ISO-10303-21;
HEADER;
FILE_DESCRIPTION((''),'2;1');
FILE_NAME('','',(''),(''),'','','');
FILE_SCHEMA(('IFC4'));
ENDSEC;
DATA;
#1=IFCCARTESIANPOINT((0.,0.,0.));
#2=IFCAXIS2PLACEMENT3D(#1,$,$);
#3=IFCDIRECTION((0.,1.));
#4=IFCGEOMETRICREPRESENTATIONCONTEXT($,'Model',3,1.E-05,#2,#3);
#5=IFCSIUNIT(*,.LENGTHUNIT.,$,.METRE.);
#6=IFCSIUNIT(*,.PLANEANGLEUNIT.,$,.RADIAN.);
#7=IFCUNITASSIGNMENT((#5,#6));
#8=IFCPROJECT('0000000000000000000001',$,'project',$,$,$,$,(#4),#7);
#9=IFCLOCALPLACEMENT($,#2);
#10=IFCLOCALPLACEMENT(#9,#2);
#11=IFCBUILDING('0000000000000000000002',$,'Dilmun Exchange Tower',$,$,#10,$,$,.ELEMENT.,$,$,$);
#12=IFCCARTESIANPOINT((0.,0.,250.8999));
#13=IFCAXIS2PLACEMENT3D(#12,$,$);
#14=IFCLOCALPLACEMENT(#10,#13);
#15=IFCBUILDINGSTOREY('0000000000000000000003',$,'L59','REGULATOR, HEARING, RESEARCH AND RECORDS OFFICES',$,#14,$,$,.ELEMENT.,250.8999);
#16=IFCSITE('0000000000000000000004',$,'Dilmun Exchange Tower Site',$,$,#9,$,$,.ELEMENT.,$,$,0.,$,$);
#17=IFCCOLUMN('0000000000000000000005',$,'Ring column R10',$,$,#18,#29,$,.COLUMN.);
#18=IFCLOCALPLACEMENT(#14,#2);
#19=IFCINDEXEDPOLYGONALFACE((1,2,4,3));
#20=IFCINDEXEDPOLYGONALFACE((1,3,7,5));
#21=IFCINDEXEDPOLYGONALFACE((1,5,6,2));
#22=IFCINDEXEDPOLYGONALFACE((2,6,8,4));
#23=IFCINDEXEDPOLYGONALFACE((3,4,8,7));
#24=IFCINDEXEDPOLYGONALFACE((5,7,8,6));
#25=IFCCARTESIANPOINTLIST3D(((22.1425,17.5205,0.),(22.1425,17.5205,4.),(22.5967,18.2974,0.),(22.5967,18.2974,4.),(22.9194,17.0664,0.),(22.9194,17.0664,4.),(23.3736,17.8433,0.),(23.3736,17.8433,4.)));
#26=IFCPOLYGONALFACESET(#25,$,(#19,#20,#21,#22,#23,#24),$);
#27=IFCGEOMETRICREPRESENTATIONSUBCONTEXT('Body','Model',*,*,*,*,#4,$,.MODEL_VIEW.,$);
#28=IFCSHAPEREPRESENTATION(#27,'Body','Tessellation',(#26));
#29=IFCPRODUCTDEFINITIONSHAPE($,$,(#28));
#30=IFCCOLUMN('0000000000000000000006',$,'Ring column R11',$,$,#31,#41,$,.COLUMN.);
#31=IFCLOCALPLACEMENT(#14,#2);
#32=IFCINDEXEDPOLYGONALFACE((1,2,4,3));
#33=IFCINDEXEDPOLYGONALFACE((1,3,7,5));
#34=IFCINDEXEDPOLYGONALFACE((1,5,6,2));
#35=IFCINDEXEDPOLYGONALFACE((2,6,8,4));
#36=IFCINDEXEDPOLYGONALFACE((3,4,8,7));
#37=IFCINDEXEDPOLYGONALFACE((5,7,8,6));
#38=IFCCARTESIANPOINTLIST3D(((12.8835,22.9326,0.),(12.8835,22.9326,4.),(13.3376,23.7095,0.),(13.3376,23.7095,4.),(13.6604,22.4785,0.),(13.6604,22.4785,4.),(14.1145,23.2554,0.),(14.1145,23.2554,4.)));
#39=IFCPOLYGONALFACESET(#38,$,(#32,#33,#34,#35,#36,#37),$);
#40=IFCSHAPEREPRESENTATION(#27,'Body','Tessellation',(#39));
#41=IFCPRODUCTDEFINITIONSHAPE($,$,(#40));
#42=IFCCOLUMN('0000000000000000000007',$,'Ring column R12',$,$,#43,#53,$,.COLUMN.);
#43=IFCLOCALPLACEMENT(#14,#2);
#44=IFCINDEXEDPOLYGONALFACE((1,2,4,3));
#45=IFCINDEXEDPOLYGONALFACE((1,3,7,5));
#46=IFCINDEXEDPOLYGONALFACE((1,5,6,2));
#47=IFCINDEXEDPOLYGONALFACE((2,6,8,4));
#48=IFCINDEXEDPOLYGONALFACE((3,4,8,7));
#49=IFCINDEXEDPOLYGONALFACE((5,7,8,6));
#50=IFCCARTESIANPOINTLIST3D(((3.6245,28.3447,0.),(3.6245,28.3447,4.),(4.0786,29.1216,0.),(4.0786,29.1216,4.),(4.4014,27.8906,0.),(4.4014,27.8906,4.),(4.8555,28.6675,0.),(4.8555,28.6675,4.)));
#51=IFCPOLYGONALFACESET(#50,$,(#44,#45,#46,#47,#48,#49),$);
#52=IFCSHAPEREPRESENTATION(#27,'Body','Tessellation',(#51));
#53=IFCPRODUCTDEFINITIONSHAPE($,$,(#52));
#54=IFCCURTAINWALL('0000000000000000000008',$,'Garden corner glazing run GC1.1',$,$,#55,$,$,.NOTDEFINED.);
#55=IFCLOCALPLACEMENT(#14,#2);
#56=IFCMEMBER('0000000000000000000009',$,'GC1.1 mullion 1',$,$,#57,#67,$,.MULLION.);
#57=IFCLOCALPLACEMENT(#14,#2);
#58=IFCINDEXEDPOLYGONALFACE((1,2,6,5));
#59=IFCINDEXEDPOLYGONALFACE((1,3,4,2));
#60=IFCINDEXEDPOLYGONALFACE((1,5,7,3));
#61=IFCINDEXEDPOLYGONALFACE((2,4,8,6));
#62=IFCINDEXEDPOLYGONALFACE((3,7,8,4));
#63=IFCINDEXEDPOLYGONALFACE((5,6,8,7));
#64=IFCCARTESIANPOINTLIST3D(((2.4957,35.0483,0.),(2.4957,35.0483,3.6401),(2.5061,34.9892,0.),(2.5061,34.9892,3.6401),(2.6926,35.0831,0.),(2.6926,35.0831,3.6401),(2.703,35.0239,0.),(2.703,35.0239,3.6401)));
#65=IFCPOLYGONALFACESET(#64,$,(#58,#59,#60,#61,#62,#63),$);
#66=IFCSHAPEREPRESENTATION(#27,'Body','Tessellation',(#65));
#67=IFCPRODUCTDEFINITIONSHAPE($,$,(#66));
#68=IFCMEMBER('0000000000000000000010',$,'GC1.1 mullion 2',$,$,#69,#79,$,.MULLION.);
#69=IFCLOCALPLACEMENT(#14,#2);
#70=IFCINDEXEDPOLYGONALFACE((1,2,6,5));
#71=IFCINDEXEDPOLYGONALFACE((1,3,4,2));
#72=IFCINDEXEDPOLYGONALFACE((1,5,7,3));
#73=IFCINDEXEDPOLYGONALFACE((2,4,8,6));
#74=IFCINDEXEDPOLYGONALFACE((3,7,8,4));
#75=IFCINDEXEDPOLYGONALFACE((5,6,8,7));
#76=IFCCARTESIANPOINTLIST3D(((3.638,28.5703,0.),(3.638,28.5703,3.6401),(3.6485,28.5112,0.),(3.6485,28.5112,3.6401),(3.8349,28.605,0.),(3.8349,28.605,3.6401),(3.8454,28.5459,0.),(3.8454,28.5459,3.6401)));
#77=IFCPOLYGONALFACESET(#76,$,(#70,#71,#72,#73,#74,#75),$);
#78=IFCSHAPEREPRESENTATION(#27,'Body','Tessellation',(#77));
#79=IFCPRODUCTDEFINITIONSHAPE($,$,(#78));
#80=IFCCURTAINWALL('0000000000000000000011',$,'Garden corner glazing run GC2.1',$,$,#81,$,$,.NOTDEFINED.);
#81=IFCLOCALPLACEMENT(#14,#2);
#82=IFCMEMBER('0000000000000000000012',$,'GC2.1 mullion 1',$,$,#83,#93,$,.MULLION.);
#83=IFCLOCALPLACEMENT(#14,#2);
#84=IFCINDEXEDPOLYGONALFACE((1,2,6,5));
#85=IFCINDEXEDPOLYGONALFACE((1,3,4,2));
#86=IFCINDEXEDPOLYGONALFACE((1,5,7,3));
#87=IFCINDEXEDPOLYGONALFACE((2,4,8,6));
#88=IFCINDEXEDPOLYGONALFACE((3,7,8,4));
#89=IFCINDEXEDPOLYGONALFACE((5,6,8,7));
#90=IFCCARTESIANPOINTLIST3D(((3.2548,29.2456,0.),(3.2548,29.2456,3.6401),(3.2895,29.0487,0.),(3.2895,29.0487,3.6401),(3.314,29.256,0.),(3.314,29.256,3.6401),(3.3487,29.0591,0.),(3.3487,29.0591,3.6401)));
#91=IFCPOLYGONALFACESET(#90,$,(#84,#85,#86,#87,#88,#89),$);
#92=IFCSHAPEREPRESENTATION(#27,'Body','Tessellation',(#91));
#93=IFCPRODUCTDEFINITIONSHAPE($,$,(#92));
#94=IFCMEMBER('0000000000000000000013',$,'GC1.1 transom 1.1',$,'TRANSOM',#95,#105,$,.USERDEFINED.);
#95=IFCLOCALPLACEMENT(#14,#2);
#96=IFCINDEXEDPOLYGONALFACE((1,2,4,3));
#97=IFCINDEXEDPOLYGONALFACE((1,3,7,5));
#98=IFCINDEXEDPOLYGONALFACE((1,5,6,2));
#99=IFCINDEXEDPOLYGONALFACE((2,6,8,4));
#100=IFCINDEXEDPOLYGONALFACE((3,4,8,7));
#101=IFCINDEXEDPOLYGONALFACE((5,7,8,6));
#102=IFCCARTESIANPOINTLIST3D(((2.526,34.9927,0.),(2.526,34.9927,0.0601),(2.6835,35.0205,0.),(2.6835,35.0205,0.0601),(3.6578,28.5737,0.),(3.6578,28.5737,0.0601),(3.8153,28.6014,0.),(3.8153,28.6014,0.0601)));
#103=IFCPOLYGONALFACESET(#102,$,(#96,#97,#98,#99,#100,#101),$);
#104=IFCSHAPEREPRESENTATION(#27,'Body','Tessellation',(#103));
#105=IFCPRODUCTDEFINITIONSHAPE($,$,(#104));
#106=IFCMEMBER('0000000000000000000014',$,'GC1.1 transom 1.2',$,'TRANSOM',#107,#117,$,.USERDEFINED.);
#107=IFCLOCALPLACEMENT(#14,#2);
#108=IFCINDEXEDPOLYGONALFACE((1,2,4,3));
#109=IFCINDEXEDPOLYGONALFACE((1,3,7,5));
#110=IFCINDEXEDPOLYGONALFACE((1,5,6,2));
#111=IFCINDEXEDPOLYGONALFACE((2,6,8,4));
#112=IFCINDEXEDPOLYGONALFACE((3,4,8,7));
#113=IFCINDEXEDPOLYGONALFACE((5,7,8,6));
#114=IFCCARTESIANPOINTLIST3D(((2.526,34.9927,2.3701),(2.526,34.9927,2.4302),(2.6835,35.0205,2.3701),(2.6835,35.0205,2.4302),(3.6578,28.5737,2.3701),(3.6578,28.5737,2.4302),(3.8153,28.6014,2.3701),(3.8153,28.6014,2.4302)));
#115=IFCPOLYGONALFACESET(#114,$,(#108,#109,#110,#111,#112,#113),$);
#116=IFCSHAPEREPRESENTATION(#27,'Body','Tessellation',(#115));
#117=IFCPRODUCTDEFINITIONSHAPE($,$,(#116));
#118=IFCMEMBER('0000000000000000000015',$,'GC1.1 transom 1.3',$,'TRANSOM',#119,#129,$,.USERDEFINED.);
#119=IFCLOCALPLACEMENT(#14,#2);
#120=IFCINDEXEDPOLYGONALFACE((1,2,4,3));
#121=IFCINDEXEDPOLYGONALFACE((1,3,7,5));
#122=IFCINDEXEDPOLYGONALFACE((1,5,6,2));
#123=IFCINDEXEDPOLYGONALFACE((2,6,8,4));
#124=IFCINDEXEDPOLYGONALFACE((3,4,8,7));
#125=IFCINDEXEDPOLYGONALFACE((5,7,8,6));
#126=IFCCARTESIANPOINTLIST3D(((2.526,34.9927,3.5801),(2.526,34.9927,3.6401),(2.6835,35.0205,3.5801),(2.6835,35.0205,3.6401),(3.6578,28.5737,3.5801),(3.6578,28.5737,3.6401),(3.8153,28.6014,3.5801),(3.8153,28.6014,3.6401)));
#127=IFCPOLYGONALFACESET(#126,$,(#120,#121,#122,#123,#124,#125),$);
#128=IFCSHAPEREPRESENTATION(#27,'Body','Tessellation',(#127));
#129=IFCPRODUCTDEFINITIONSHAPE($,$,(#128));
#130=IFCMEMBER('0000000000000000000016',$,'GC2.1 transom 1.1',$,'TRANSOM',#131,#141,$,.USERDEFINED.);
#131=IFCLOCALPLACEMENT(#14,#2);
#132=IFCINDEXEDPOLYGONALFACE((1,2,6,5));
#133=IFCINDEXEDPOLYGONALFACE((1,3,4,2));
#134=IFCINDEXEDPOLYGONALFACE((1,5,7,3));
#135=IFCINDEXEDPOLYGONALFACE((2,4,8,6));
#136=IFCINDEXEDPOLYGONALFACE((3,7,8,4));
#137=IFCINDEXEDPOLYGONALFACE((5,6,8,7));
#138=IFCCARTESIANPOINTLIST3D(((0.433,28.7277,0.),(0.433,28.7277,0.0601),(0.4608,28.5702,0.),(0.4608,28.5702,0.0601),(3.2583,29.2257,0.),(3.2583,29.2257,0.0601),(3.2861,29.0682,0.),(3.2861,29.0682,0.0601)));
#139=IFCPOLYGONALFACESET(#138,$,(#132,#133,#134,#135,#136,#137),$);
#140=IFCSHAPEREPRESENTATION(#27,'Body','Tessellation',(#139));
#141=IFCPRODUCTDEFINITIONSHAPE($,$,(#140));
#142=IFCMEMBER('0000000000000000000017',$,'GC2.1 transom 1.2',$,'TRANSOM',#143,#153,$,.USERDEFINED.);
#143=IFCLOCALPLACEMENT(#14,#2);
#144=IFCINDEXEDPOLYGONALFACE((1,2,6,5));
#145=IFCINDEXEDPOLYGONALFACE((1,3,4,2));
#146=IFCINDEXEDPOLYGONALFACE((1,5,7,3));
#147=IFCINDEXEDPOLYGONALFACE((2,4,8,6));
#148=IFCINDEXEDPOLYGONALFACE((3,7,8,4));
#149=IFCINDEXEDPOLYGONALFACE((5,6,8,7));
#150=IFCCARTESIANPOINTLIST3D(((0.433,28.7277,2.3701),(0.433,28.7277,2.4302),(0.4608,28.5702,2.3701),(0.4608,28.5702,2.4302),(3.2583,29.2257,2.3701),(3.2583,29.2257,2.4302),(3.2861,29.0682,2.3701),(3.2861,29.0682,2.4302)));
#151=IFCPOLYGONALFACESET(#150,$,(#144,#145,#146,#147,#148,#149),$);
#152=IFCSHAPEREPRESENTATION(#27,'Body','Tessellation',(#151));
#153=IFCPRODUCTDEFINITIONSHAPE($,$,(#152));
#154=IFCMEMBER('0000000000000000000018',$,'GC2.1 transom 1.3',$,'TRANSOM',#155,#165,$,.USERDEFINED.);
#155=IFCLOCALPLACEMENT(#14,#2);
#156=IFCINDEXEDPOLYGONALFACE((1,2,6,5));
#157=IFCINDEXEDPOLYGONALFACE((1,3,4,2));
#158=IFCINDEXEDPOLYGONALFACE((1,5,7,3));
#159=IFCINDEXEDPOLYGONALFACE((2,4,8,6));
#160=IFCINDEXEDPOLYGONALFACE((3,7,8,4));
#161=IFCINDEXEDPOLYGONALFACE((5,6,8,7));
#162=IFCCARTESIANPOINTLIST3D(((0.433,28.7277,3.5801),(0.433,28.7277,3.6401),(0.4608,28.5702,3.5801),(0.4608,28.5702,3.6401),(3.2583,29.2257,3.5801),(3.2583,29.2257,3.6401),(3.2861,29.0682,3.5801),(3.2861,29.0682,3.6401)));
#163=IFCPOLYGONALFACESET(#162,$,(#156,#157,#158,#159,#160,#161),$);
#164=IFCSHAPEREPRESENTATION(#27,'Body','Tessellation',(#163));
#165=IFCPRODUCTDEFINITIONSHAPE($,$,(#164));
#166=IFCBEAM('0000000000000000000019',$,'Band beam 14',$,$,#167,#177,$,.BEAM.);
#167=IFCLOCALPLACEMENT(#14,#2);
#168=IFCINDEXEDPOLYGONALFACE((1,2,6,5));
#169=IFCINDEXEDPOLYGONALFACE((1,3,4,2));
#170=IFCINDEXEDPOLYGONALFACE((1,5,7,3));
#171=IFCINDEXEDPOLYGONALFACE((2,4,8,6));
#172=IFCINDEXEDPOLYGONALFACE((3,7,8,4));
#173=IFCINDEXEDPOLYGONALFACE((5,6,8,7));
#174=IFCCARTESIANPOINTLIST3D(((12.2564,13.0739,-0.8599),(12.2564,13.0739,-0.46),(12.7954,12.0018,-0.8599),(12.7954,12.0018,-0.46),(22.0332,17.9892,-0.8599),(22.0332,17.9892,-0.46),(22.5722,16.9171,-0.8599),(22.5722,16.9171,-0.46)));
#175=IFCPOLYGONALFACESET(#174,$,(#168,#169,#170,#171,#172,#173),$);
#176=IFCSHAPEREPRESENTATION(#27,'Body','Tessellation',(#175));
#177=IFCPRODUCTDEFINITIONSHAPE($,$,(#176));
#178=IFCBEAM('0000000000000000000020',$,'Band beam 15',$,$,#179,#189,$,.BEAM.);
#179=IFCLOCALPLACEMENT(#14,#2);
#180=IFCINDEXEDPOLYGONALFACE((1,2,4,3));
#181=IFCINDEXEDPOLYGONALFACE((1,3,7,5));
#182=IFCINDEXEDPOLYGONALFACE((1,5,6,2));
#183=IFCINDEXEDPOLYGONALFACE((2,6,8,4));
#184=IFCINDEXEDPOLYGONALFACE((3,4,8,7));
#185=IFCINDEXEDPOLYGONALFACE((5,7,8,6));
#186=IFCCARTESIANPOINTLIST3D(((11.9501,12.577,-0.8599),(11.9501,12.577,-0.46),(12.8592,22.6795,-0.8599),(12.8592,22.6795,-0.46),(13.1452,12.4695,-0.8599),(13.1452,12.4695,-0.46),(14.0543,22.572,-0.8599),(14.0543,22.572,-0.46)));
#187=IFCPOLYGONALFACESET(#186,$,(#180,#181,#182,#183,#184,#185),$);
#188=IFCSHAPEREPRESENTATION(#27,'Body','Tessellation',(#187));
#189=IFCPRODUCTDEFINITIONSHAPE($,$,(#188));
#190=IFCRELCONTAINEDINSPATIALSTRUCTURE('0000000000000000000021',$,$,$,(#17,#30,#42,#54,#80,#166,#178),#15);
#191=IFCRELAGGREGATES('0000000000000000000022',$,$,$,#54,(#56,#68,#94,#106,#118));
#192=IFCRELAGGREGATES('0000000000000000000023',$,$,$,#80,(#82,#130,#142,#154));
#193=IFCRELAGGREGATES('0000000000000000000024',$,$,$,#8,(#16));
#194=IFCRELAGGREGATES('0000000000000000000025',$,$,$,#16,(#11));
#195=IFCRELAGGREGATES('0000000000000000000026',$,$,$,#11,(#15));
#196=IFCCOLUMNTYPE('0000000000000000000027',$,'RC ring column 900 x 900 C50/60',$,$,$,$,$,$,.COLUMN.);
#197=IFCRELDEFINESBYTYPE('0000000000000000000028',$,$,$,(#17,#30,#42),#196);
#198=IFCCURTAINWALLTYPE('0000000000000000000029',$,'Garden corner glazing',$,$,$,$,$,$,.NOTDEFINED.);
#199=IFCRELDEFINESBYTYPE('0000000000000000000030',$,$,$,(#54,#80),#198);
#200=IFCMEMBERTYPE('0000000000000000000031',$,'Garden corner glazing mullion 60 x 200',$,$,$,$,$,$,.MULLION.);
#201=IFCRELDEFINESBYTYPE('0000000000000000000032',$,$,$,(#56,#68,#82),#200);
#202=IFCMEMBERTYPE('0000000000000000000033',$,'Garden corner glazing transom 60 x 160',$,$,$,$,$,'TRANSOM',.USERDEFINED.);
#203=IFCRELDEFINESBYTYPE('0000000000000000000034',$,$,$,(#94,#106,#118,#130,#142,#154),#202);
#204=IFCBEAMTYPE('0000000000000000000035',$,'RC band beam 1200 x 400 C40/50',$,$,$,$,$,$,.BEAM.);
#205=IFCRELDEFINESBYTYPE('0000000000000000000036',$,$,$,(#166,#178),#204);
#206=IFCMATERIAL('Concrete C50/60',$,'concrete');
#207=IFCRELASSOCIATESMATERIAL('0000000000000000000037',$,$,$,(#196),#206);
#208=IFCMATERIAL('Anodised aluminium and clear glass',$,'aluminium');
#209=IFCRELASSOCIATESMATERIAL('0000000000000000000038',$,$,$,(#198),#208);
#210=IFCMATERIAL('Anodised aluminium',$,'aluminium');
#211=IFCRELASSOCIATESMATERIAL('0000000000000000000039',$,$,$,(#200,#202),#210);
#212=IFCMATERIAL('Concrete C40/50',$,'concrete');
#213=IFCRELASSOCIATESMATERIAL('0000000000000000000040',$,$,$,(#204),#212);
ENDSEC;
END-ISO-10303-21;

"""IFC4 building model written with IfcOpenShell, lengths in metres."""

from ifc_helpers import new_model, si_unit, direction, frame, origin, origin_2d, place, context, subcontext, project, spatial, rectangle, extrude, material, material_profile, profile_set, type_object, element, aggregate, save


model = new_model("IFC4")

# Units and contexts
model_context = context("Model", 3, precision=1e-05, world=origin(), true_north=direction((0.0, 1.0)))
body_context = subcontext(model_context, "Body", "Model", "MODEL_VIEW")
ifc_project = project(units=[si_unit("LENGTHUNIT", "METRE"), si_unit("PLANEANGLEUNIT", "RADIAN")], contexts=[model_context])

# Site, building, storey
site_placement = place(None, origin())
site = spatial("IfcSite", under=ifc_project, at=site_placement, Name="Dilmun Exchange Tower Site", CompositionType="ELEMENT", RefElevation=0.0)
building_placement = place(site_placement, origin())
building = spatial("IfcBuilding", under=site, at=building_placement, Name="Dilmun Exchange Tower", CompositionType="ELEMENT")
storey_placement = place(building_placement, frame((0.0, 0.0, 250.8999)))
storey = spatial("IfcBuildingStorey", under=building, at=storey_placement, Name="L59", Description="REGULATOR, HEARING, RESEARCH AND RECORDS OFFICES", CompositionType="ELEMENT", Elevation=250.8999)

# Columns
ifc_material_1 = material(Name="Concrete C50/60", Category="concrete")
ifc_material_profile_1 = material_profile(ifc_material_1, rectangle(XDim=0.8999, YDim=0.8999, at=origin_2d()), Name="900 x 900")
ifc_profile_set_1 = profile_set([ifc_material_profile_1], Name="Concrete C50/60")
column_type = type_object("IfcColumnType", Name="RC ring column 900 x 900 C50/60", PredefinedType="COLUMN", material=ifc_profile_set_1)
for number, where, z_axis, x_axis, name in (
    (1, (22.7581, 17.6819, 0.0), (0.0, 0.0, 1.0), (0.504644, 0.863328, 0.0), "Ring column R10"),
    (2, (13.499, 23.094, 0.0), (0.0, 0.0, 1.0), (0.504644, 0.863328, 0.0), "Ring column R11"),
    (3, (4.24, 28.5061, 0.0), (0.0, 0.0, 1.0), (0.504644, 0.863328, 0.0), "Ring column R12"),
):
    element("IfcColumn", number, at=place(storey_placement, frame(where, z_axis=z_axis, x_axis=x_axis)), inside=storey, type_object=column_type, Name=name, PredefinedType="COLUMN", context=body_context, shape_type="SweptSolid", body=[
        extrude(rectangle(XDim=0.8999, YDim=0.8999, at=origin_2d()), origin(), (0.0, 0.0, 1.0), 4.0),
    ])

# Curtain wall, members
ifc_material_2 = material(Name="Anodised aluminium and clear glass", Category="aluminium")
curtain_wall_type = type_object("IfcCurtainWallType", Name="Garden corner glazing", PredefinedType="NOTDEFINED", material=ifc_material_2)
curtain_wall_1_placement = place(storey_placement, origin())
curtain_wall_1 = element("IfcCurtainWall", 4, at=curtain_wall_1_placement, inside=storey, type_object=curtain_wall_type, Name="Garden corner glazing run GC1.1", PredefinedType="NOTDEFINED")
ifc_material_3 = material(Name="Anodised aluminium", Category="aluminium")
ifc_material_profile_2 = material_profile(ifc_material_3, rectangle(XDim=0.2, YDim=0.0601, at=origin_2d()), Name="AL 60x200")
ifc_profile_set_2 = profile_set([ifc_material_profile_2], Name="Anodised aluminium")
member_type_1 = type_object("IfcMemberType", Name="Garden corner glazing mullion 60 x 200", PredefinedType="MULLION", material=ifc_profile_set_2)
member_1_placement = place(storey_placement, frame((2.5994, 35.0361, 0.0), z_axis=(0.0, 0.0, 1.0), x_axis=(0.984807, 0.17365, 0.0)))
member_1 = element("IfcMember", 5, at=member_1_placement, type_object=member_type_1, Name="GC1.1 mullion 1", PredefinedType="MULLION", context=body_context, shape_type="SweptSolid", body=[
    extrude(rectangle(XDim=0.2, YDim=0.0601, at=origin_2d()), origin(), (0.0, 0.0, 1.0), 3.6401),
])
member_2_placement = place(storey_placement, frame((3.7417, 28.5581, 0.0), z_axis=(0.0, 0.0, 1.0), x_axis=(0.984807, 0.17365, 0.0)))
member_2 = element("IfcMember", 6, at=member_2_placement, type_object=member_type_1, Name="GC1.1 mullion 2", PredefinedType="MULLION", context=body_context, shape_type="SweptSolid", body=[
    extrude(rectangle(XDim=0.2, YDim=0.0601, at=origin_2d()), origin(), (0.0, 0.0, 1.0), 3.6401),
])

# Curtain wall, member
curtain_wall_2_placement = place(storey_placement, origin())
curtain_wall_2 = element("IfcCurtainWall", 7, at=curtain_wall_2_placement, inside=storey, type_object=curtain_wall_type, Name="Garden corner glazing run GC2.1", PredefinedType="NOTDEFINED")
member_3_placement = place(storey_placement, frame((3.3018, 29.1523, 0.0), z_axis=(0.0, 0.0, 1.0), x_axis=(0.173631, -0.984811, 0.0)))
member_3 = element("IfcMember", 8, at=member_3_placement, type_object=member_type_1, Name="GC2.1 mullion 1", PredefinedType="MULLION", context=body_context, shape_type="SweptSolid", body=[
    extrude(rectangle(XDim=0.2, YDim=0.0601, at=origin_2d()), origin(), (0.0, 0.0, 1.0), 3.6401),
])

# Members
ifc_material_profile_3 = material_profile(ifc_material_3, rectangle(XDim=0.1599, YDim=0.0601, at=origin_2d()), Name="AL 60x160")
ifc_profile_set_3 = profile_set([ifc_material_profile_3], Name="Anodised aluminium")
member_type_2 = type_object("IfcMemberType", Name="Garden corner glazing transom 60 x 160", ElementType="TRANSOM", PredefinedType="USERDEFINED", material=ifc_profile_set_3)
member_4_placement = place(storey_placement, frame((2.6047, 35.0066, 0.03), z_axis=(0.173649, -0.984808, 0.0), x_axis=(0.984808, 0.173649, 0.0)))
member_4 = element("IfcMember", 9, at=member_4_placement, type_object=member_type_2, Name="GC1.1 transom 1.1", ObjectType="TRANSOM", PredefinedType="USERDEFINED", context=body_context, shape_type="SweptSolid", body=[
    extrude(rectangle(XDim=0.1599, YDim=0.0601, at=origin_2d()), origin(), (0.0, 0.0, 1.0), 6.5181),
])
member_5_placement = place(storey_placement, frame((2.6047, 35.0066, 2.4001), z_axis=(0.173649, -0.984808, 0.0), x_axis=(0.984808, 0.173649, 0.0)))
member_5 = element("IfcMember", 10, at=member_5_placement, type_object=member_type_2, Name="GC1.1 transom 1.2", ObjectType="TRANSOM", PredefinedType="USERDEFINED", context=body_context, shape_type="SweptSolid", body=[
    extrude(rectangle(XDim=0.1599, YDim=0.0601, at=origin_2d()), origin(), (0.0, 0.0, 1.0), 6.5181),
])
member_6_placement = place(storey_placement, frame((2.6047, 35.0066, 3.6101), z_axis=(0.173649, -0.984808, 0.0), x_axis=(0.984808, 0.173649, 0.0)))
member_6 = element("IfcMember", 11, at=member_6_placement, type_object=member_type_2, Name="GC1.1 transom 1.3", ObjectType="TRANSOM", PredefinedType="USERDEFINED", context=body_context, shape_type="SweptSolid", body=[
    extrude(rectangle(XDim=0.1599, YDim=0.0601, at=origin_2d()), origin(), (0.0, 0.0, 1.0), 6.5181),
])
member_7_placement = place(storey_placement, frame((3.2722, 29.147, 0.03), z_axis=(-0.984817, -0.173596, 0.0), x_axis=(0.173596, -0.984817, 0.0)))
member_7 = element("IfcMember", 12, at=member_7_placement, type_object=member_type_2, Name="GC2.1 transom 1.1", ObjectType="TRANSOM", PredefinedType="USERDEFINED", context=body_context, shape_type="SweptSolid", body=[
    extrude(rectangle(XDim=0.1599, YDim=0.0601, at=origin_2d()), origin(), (0.0, 0.0, 1.0), 2.8689),
])
member_8_placement = place(storey_placement, frame((3.2722, 29.147, 2.4001), z_axis=(-0.984817, -0.173596, 0.0), x_axis=(0.173596, -0.984817, 0.0)))
member_8 = element("IfcMember", 13, at=member_8_placement, type_object=member_type_2, Name="GC2.1 transom 1.2", ObjectType="TRANSOM", PredefinedType="USERDEFINED", context=body_context, shape_type="SweptSolid", body=[
    extrude(rectangle(XDim=0.1599, YDim=0.0601, at=origin_2d()), origin(), (0.0, 0.0, 1.0), 2.8689),
])
member_9_placement = place(storey_placement, frame((3.2722, 29.147, 3.6101), z_axis=(-0.984817, -0.173596, 0.0), x_axis=(0.173596, -0.984817, 0.0)))
member_9 = element("IfcMember", 14, at=member_9_placement, type_object=member_type_2, Name="GC2.1 transom 1.3", ObjectType="TRANSOM", PredefinedType="USERDEFINED", context=body_context, shape_type="SweptSolid", body=[
    extrude(rectangle(XDim=0.1599, YDim=0.0601, at=origin_2d()), origin(), (0.0, 0.0, 1.0), 2.8689),
])

# Beams
ifc_material_4 = material(Name="Concrete C40/50", Category="concrete")
ifc_material_profile_4 = material_profile(ifc_material_4, rectangle(XDim=1.2, YDim=0.3999, at=origin_2d()), Name="1200 x 400")
ifc_profile_set_4 = profile_set([ifc_material_profile_4], Name="Concrete C40/50")
beam_type_1 = type_object("IfcBeamType", Name="RC band beam 1200 x 400 C40/50", PredefinedType="BEAM", material=ifc_profile_set_4)
beam_1_placement = place(storey_placement, frame((22.3027, 17.4531, -0.6599), z_axis=(-0.893443, -0.449176, 0.0), x_axis=(0.449176, -0.893443, 0.0)))
element("IfcBeam", 15, at=beam_1_placement, inside=storey, type_object=beam_type_1, Name="Band beam 14", PredefinedType="BEAM", context=body_context, shape_type="SweptSolid", body=[
    extrude(rectangle(XDim=1.2, YDim=0.3999, at=origin_2d()), origin(), (0.0, 0.0, 1.0), 10.9429),
])
beam_2_placement = place(storey_placement, frame((13.4568, 22.6257, -0.6599), z_axis=(-0.089633, -0.995975, 0.0), x_axis=(0.995975, -0.089633, 0.0)))
element("IfcBeam", 16, at=beam_2_placement, inside=storey, type_object=beam_type_1, Name="Band beam 15", PredefinedType="BEAM", context=body_context, shape_type="SweptSolid", body=[
    extrude(rectangle(XDim=1.2, YDim=0.3999, at=origin_2d()), origin(), (0.0, 0.0, 1.0), 10.1433),
])

aggregate(curtain_wall_1, [member_1, member_2, member_4, member_5, member_6])
aggregate(curtain_wall_2, [member_3, member_7, member_8, member_9])

save(model, "model.ifc")
